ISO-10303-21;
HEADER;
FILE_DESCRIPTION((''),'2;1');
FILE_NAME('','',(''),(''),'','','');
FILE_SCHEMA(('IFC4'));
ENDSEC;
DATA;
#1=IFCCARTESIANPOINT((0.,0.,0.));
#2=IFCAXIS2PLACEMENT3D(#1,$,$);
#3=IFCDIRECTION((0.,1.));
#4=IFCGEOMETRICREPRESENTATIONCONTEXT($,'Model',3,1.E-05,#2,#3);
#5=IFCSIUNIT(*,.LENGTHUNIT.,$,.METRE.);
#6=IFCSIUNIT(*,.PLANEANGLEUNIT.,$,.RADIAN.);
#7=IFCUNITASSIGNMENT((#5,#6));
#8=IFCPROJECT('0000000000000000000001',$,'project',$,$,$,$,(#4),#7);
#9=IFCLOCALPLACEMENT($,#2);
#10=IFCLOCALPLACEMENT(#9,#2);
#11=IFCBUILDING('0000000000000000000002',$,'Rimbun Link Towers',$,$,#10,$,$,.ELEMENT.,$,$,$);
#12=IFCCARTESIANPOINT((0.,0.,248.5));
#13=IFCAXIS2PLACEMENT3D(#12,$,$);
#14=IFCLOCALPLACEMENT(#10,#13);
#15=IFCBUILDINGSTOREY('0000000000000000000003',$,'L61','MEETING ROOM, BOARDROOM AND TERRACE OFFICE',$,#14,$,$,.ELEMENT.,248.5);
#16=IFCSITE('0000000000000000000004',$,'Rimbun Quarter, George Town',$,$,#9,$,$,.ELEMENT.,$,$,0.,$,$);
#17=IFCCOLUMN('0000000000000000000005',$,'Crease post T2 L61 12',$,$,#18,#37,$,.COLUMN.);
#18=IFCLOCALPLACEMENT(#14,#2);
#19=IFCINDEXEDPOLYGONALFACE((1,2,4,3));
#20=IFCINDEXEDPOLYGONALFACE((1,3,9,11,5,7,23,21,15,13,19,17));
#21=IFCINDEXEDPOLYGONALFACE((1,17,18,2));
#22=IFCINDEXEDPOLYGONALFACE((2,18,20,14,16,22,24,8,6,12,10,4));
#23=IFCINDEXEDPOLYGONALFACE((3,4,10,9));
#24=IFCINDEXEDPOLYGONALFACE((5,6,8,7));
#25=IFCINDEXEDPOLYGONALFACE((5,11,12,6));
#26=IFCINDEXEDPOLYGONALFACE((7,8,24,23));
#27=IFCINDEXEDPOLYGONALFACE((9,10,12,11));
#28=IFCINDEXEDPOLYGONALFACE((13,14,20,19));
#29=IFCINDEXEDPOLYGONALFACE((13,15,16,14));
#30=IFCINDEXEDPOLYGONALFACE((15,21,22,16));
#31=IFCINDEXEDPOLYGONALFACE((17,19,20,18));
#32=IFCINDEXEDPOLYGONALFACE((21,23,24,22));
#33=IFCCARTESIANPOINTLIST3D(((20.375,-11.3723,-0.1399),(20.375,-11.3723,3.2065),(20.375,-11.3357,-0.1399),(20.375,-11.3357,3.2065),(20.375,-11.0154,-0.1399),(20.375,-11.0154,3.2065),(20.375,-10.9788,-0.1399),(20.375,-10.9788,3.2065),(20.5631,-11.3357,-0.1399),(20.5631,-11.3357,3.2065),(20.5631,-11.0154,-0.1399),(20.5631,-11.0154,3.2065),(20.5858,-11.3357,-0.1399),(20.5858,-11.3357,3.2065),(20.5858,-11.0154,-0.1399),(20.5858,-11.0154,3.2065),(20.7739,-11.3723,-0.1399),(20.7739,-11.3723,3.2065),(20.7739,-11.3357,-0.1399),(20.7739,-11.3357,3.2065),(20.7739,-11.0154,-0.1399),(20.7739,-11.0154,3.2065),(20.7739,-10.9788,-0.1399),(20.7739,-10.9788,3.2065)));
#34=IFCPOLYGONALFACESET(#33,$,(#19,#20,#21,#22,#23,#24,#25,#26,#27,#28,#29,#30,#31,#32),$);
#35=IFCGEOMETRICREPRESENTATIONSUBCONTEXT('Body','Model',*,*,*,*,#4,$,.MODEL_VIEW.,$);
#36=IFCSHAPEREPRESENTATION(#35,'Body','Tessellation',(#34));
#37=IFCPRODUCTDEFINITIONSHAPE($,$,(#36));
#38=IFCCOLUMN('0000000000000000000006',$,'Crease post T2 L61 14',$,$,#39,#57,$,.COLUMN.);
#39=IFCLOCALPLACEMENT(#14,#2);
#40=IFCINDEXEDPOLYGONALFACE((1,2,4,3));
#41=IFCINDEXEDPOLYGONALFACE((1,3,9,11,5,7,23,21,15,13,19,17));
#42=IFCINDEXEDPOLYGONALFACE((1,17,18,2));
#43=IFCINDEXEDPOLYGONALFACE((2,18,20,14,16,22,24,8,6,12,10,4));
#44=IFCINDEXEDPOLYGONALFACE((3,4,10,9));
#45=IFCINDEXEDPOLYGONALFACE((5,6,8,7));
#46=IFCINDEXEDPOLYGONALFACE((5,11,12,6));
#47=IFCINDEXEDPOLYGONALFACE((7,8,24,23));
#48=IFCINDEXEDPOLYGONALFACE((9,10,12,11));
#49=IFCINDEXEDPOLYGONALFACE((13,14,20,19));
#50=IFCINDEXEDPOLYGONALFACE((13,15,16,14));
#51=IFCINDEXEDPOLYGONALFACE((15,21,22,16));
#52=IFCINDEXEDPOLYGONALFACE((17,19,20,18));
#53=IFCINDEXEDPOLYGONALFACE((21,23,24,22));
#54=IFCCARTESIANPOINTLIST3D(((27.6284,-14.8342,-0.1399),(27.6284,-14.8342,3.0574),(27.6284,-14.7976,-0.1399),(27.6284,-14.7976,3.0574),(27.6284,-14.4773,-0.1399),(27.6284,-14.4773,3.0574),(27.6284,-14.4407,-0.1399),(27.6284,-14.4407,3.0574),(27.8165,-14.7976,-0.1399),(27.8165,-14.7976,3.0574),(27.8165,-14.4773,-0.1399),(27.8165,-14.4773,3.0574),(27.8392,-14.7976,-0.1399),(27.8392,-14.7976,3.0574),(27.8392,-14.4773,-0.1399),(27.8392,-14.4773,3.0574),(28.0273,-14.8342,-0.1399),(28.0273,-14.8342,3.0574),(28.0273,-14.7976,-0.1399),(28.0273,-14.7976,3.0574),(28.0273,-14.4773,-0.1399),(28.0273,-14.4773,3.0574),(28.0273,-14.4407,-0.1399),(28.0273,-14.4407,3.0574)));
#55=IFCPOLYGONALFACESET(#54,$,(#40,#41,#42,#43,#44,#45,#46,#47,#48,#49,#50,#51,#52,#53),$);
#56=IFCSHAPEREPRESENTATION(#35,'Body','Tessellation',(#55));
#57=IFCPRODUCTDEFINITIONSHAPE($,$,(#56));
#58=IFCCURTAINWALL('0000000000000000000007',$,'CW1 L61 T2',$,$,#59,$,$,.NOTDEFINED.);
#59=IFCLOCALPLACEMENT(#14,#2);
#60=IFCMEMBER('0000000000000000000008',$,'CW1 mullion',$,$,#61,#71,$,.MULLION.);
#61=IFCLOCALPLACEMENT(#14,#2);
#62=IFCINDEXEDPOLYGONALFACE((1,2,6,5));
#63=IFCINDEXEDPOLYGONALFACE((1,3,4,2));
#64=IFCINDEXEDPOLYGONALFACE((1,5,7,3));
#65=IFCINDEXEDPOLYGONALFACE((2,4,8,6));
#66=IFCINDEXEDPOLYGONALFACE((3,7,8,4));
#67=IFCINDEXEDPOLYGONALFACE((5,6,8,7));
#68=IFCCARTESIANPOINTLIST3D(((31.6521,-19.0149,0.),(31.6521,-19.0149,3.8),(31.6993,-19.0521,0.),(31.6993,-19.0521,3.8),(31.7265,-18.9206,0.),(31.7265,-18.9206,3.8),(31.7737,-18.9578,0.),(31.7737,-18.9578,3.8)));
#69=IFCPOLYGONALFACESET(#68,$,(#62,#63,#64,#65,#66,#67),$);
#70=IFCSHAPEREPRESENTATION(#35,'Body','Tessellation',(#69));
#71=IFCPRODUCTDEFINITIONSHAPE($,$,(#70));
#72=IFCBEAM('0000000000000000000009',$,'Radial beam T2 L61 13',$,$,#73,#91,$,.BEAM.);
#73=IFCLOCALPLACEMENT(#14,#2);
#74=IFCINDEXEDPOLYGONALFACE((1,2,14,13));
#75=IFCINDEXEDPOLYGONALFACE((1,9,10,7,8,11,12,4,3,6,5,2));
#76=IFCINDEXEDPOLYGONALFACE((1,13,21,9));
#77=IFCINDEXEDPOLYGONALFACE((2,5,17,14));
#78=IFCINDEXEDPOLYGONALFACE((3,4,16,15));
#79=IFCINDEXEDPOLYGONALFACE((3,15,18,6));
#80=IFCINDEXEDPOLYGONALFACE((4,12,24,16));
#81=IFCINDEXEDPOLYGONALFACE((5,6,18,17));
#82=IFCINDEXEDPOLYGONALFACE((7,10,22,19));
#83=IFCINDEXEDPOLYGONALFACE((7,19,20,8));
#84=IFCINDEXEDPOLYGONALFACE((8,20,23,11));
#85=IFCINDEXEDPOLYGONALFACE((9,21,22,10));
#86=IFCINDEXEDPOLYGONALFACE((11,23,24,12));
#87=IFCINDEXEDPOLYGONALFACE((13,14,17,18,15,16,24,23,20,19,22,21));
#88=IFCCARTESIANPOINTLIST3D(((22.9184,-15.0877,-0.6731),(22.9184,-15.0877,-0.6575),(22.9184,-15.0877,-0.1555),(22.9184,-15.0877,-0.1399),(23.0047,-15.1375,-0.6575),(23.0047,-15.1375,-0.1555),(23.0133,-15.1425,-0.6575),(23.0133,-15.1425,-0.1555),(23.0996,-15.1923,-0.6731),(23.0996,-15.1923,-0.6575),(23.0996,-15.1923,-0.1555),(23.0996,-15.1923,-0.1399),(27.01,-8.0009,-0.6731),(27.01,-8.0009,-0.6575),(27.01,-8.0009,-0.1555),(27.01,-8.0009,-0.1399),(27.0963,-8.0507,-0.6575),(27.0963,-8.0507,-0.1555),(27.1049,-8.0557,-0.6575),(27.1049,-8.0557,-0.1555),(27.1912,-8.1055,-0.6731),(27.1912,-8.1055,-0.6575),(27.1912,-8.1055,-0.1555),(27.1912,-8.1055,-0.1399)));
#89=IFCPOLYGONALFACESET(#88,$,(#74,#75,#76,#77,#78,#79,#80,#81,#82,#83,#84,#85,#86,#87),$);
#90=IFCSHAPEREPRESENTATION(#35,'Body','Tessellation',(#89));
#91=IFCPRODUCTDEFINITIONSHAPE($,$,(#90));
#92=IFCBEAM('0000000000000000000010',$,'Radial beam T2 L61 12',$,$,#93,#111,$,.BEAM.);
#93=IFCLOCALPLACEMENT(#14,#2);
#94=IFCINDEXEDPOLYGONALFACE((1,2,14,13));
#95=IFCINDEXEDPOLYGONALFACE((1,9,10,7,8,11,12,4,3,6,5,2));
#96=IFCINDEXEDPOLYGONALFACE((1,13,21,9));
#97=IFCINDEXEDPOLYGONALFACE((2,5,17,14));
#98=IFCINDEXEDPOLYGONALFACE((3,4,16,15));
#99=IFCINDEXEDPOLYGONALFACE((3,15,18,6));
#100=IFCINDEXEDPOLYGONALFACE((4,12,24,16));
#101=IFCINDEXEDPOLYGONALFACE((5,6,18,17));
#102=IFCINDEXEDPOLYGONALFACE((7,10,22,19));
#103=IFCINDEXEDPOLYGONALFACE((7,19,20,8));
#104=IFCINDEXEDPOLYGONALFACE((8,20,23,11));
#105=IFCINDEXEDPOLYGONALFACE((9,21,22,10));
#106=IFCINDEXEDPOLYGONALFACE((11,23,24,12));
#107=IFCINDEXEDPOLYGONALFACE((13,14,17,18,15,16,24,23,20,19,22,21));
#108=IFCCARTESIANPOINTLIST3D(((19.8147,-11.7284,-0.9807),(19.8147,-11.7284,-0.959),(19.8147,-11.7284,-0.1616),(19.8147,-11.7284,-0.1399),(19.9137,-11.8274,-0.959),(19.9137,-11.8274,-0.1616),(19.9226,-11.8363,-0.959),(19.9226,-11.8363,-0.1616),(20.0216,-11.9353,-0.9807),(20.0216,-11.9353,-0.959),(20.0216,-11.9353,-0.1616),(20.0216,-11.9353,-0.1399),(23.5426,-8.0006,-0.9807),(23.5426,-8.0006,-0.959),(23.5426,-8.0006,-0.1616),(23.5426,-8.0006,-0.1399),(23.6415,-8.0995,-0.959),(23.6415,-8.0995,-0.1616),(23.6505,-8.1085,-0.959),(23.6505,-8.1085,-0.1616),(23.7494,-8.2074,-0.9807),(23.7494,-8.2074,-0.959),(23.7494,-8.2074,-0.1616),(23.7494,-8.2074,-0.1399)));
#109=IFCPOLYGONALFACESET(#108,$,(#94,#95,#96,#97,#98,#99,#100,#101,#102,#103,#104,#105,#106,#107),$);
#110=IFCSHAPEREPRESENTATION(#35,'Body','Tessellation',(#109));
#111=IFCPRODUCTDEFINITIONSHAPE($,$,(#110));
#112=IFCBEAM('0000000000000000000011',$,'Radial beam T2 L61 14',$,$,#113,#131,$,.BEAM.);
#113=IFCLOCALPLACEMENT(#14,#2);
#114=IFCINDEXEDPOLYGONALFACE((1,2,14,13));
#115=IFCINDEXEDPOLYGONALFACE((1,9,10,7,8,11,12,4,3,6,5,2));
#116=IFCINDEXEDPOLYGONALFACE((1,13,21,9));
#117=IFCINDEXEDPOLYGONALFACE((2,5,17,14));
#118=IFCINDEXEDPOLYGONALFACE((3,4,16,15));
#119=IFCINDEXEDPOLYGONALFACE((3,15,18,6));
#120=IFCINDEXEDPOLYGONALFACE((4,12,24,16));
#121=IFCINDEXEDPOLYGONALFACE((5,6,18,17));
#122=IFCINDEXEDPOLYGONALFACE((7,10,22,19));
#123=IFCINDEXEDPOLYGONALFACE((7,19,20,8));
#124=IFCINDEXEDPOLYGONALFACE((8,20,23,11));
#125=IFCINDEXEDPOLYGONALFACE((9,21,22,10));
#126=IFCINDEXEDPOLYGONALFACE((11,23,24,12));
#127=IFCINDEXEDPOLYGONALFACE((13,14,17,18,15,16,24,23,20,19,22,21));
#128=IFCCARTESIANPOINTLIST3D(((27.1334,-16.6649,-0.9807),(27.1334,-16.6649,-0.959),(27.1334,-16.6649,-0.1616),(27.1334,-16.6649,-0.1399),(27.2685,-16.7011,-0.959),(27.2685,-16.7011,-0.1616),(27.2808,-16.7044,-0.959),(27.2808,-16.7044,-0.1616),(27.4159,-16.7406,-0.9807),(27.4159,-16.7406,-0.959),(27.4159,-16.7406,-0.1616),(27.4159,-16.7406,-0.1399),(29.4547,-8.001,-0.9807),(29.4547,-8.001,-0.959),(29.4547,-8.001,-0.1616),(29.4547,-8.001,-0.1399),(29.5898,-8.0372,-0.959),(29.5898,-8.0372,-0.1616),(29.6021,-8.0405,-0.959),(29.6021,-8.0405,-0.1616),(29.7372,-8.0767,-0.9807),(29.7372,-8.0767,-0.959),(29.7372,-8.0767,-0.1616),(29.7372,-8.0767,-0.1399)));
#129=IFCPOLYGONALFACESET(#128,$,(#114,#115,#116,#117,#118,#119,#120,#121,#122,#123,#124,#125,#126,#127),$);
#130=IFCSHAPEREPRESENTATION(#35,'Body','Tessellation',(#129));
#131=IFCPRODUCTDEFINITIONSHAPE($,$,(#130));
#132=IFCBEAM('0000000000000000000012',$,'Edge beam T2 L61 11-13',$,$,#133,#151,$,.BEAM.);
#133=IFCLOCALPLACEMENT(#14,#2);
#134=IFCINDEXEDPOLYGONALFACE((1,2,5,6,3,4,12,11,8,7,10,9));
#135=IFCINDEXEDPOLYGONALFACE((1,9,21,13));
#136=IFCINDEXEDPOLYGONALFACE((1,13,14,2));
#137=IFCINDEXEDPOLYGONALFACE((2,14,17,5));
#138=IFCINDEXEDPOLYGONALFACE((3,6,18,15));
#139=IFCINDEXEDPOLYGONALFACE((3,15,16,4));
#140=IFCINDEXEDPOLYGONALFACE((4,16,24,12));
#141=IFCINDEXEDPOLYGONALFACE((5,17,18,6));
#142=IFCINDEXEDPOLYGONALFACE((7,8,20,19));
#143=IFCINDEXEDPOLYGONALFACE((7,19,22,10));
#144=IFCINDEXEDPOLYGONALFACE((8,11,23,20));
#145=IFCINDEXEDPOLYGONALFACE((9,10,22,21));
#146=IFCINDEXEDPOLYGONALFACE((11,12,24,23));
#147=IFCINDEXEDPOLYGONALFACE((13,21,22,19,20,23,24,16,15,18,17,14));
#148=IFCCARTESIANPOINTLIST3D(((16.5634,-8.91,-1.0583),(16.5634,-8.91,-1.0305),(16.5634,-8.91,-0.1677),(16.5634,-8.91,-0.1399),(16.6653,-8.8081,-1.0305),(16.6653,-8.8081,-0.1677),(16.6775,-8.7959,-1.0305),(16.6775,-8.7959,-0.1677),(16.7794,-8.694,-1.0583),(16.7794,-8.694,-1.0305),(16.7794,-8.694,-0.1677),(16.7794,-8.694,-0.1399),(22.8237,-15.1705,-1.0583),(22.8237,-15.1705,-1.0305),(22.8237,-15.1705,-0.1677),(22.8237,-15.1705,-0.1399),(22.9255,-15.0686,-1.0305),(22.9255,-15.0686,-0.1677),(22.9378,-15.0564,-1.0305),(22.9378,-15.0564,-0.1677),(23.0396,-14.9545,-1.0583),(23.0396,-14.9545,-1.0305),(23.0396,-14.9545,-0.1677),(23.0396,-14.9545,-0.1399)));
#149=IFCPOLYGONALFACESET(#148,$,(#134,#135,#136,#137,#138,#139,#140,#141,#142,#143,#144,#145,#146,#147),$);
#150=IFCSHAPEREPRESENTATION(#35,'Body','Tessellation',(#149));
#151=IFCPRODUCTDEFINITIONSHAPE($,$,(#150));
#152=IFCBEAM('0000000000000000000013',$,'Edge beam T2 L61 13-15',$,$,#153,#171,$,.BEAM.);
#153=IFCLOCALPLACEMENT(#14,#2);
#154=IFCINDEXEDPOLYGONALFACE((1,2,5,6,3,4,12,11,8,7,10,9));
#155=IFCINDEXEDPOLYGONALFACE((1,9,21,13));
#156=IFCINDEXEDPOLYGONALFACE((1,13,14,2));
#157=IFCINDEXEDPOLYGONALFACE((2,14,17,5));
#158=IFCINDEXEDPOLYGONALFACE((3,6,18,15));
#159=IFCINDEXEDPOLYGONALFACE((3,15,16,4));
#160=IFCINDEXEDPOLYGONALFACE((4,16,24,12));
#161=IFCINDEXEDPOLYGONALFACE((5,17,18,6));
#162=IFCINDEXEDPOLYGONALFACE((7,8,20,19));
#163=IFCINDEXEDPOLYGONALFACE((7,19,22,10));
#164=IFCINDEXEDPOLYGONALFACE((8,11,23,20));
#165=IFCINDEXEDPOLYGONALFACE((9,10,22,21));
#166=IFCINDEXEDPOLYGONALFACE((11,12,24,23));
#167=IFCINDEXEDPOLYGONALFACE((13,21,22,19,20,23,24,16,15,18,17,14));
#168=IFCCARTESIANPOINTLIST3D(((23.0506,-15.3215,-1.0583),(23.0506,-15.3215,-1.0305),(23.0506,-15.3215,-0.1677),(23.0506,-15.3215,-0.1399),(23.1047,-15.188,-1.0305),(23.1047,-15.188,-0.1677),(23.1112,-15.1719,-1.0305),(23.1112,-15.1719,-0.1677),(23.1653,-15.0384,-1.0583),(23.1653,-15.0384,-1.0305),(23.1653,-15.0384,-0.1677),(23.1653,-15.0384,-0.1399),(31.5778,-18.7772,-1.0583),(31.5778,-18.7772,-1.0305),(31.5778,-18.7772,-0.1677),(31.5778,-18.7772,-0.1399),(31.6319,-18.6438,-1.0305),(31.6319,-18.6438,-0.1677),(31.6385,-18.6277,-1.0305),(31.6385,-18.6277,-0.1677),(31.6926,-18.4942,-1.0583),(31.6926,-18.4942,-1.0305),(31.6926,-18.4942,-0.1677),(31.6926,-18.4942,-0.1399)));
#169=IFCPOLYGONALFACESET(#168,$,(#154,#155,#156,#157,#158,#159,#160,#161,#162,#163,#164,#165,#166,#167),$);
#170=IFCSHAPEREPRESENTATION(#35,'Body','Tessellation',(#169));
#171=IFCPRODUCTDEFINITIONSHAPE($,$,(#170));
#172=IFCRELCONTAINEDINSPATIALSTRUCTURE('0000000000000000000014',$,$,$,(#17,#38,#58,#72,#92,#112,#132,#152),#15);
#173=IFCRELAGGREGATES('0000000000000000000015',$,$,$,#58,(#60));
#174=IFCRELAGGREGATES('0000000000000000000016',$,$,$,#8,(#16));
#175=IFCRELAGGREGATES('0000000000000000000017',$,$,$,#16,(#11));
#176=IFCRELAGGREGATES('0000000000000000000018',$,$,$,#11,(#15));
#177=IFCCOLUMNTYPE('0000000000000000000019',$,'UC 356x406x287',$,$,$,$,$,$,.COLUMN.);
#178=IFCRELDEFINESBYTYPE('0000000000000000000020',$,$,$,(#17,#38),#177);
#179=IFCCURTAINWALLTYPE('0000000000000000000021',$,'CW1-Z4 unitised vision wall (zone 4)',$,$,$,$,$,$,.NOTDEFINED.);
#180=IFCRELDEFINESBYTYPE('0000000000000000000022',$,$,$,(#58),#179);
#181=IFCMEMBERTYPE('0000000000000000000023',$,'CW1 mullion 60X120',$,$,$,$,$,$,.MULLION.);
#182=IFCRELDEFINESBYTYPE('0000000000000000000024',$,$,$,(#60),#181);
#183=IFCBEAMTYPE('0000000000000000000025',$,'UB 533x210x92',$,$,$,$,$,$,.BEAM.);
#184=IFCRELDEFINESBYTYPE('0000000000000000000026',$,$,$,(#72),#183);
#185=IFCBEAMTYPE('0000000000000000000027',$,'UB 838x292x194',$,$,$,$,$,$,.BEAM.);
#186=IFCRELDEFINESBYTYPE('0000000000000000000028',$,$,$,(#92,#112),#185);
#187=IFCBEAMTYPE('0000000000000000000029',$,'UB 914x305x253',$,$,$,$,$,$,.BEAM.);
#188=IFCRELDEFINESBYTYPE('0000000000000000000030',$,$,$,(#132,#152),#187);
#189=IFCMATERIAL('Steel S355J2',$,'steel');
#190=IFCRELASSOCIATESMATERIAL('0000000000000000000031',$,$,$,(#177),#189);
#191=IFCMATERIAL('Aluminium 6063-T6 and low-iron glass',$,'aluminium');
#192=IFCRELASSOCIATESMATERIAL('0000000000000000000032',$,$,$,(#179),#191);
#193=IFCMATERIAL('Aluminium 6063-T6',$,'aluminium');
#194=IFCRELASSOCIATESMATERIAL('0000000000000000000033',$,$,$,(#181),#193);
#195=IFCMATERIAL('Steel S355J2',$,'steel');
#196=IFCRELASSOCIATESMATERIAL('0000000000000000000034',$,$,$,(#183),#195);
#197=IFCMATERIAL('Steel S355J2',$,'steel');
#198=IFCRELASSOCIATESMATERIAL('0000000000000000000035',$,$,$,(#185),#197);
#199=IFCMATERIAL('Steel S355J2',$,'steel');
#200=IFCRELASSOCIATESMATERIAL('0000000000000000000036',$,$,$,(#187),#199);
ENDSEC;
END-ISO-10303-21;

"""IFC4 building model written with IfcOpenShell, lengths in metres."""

from ifc_helpers import new_model, si_unit, direction, frame, origin, origin_2d, place, context, subcontext, project, spatial, rectangle, i_section, extrude, material, material_profile, profile_set, type_object, element, aggregate, save


model = new_model("IFC4")

# Units and contexts
model_context = context("Model", 3, precision=1e-05, world=origin(), true_north=direction((0.0, 1.0)))
body_context = subcontext(model_context, "Body", "Model", "MODEL_VIEW")
ifc_project = project(units=[si_unit("LENGTHUNIT", "METRE"), si_unit("PLANEANGLEUNIT", "RADIAN")], contexts=[model_context])

# Site, building, storey
site_placement = place(None, origin())
site = spatial("IfcSite", under=ifc_project, at=site_placement, Name="Rimbun Quarter, George Town", CompositionType="ELEMENT", RefElevation=0.0)
building_placement = place(site_placement, origin())
building = spatial("IfcBuilding", under=site, at=building_placement, Name="Rimbun Link Towers", CompositionType="ELEMENT")
storey_placement = place(building_placement, frame((0.0, 0.0, 248.5)))
storey = spatial("IfcBuildingStorey", under=building, at=storey_placement, Name="L61", Description="MEETING ROOM, BOARDROOM AND TERRACE OFFICE", CompositionType="ELEMENT", Elevation=248.5)

# Columns
ifc_material_1 = material(Name="Steel S355J2", Category="steel")
ifc_material_profile_1 = material_profile(ifc_material_1, i_section(OverallWidth=0.3989, OverallDepth=0.3936, WebThickness=0.0227, FlangeThickness=0.0366, at=origin_2d()), Name="UC 356x406x287")
ifc_profile_set_1 = profile_set([ifc_material_profile_1], Name="Steel S355J2")
column_type = type_object("IfcColumnType", Name="UC 356x406x287", PredefinedType="COLUMN", material=ifc_profile_set_1)
column_1_placement = place(storey_placement, frame((20.5745, -11.1755, -0.1399), z_axis=(0.0, 0.0, 1.0), x_axis=(1.0, 0.0, 0.0)))
element("IfcColumn", 1, at=column_1_placement, inside=storey, type_object=column_type, Name="Crease post T2 L61 12", PredefinedType="COLUMN", context=body_context, shape_type="SweptSolid", body=[
    extrude(i_section(OverallWidth=0.3989, OverallDepth=0.3936, WebThickness=0.0227, FlangeThickness=0.0366, at=origin_2d()), origin(), (0.0, 0.0, 1.0), 3.3464),
])
column_2_placement = place(storey_placement, frame((27.8279, -14.6375, -0.1399), z_axis=(0.0, 0.0, 1.0), x_axis=(1.0, 0.0, 0.0)))
element("IfcColumn", 2, at=column_2_placement, inside=storey, type_object=column_type, Name="Crease post T2 L61 14", PredefinedType="COLUMN", context=body_context, shape_type="SweptSolid", body=[
    extrude(i_section(OverallWidth=0.3989, OverallDepth=0.3936, WebThickness=0.0227, FlangeThickness=0.0366, at=origin_2d()), origin(), (0.0, 0.0, 1.0), 3.1973),
])

# Curtain wall, member
ifc_material_2 = material(Name="Aluminium 6063-T6 and low-iron glass", Category="aluminium")
curtain_wall_type = type_object("IfcCurtainWallType", Name="CW1-Z4 unitised vision wall (zone 4)", PredefinedType="NOTDEFINED", material=ifc_material_2)
curtain_wall_placement = place(storey_placement, origin())
curtain_wall = element("IfcCurtainWall", 3, at=curtain_wall_placement, inside=storey, type_object=curtain_wall_type, Name="CW1 L61 T2", PredefinedType="NOTDEFINED")
ifc_material_3 = material(Name="Aluminium 6063-T6", Category="aluminium")
ifc_material_profile_2 = material_profile(ifc_material_3, rectangle(XDim=0.1201, YDim=0.0601, at=origin_2d()), Name="MULLION 60X120")
ifc_profile_set_2 = profile_set([ifc_material_profile_2], Name="Aluminium 6063-T6")
member_type = type_object("IfcMemberType", Name="CW1 mullion 60X120", PredefinedType="MULLION", material=ifc_profile_set_2)
member_placement = place(storey_placement, frame((31.7129, -18.9863, 0.0), z_axis=(0.0, 0.0, 1.0), x_axis=(-0.619433, -0.785049, 0.0)))
member = element("IfcMember", 4, at=member_placement, type_object=member_type, Name="CW1 mullion", PredefinedType="MULLION", context=body_context, shape_type="SweptSolid", body=[
    extrude(rectangle(XDim=0.1201, YDim=0.0601, at=origin_2d()), origin(), (0.0, 0.0, 1.0), 3.8),
])
aggregate(curtain_wall, [member])

# Beams
ifc_material_4 = material(Name="Steel S355J2", Category="steel")
ifc_material_profile_3 = material_profile(ifc_material_4, i_section(OverallWidth=0.2092, OverallDepth=0.5332, WebThickness=0.01, FlangeThickness=0.0156, at=origin_2d()), Name="UB 533x210x92")
ifc_profile_set_3 = profile_set([ifc_material_profile_3], Name="Steel S355J2")
beam_type_1 = type_object("IfcBeamType", Name="UB 533x210x92", PredefinedType="BEAM", material=ifc_profile_set_3)
beam_1_placement = place(storey_placement, frame((27.1006, -8.0532, -0.4065), z_axis=(-0.500006, -0.866022, 0.0), x_axis=(0.866022, -0.500006, 0.0)))
element("IfcBeam", 5, at=beam_1_placement, inside=storey, type_object=beam_type_1, Name="Radial beam T2 L61 13", PredefinedType="BEAM", context=body_context, shape_type="SweptSolid", body=[
    extrude(i_section(OverallWidth=0.2092, OverallDepth=0.5332, WebThickness=0.01, FlangeThickness=0.0156, at=origin_2d()), origin(), (0.0, 0.0, 1.0), 8.1831),
])
ifc_material_5 = material(Name="Steel S355J2", Category="steel")
ifc_material_profile_4 = material_profile(ifc_material_5, i_section(OverallWidth=0.2925, OverallDepth=0.8408, WebThickness=0.0127, FlangeThickness=0.0217, at=origin_2d()), Name="UB 838x292x194")
ifc_profile_set_4 = profile_set([ifc_material_profile_4], Name="Steel S355J2")
beam_type_2 = type_object("IfcBeamType", Name="UB 838x292x194", PredefinedType="BEAM", material=ifc_profile_set_4)
beam_2_placement = place(storey_placement, frame((23.646, -8.104, -0.5603), z_axis=(-0.707107, -0.707107, 0.0), x_axis=(0.707107, -0.707107, 0.0)))
element("IfcBeam", 6, at=beam_2_placement, inside=storey, type_object=beam_type_2, Name="Radial beam T2 L61 12", PredefinedType="BEAM", context=body_context, shape_type="SweptSolid", body=[
    extrude(i_section(OverallWidth=0.2925, OverallDepth=0.8408, WebThickness=0.0127, FlangeThickness=0.0217, at=origin_2d()), origin(), (0.0, 0.0, 1.0), 5.272),
])
beam_3_placement = place(storey_placement, frame((29.5959, -8.0388, -0.5603), z_axis=(-0.258801, -0.965931, 0.0), x_axis=(0.965931, -0.258801, 0.0)))
element("IfcBeam", 7, at=beam_3_placement, inside=storey, type_object=beam_type_2, Name="Radial beam T2 L61 14", PredefinedType="BEAM", context=body_context, shape_type="SweptSolid", body=[
    extrude(i_section(OverallWidth=0.2925, OverallDepth=0.8408, WebThickness=0.0127, FlangeThickness=0.0217, at=origin_2d()), origin(), (0.0, 0.0, 1.0), 8.9695),
])
ifc_material_6 = material(Name="Steel S355J2", Category="steel")
ifc_material_profile_5 = material_profile(ifc_material_6, i_section(OverallWidth=0.3054, OverallDepth=0.9185, WebThickness=0.0173, FlangeThickness=0.0278, at=origin_2d()), Name="UB 914x305x253")
ifc_profile_set_5 = profile_set([ifc_material_profile_5], Name="Steel S355J2")
beam_type_3 = type_object("IfcBeamType", Name="UB 914x305x253", PredefinedType="BEAM", material=ifc_profile_set_5)
beam_4_placement = place(storey_placement, frame((16.6714, -8.802, -0.5991), z_axis=(0.707093, -0.707121, 0.0), x_axis=(0.707121, 0.707093, 0.0)))
element("IfcBeam", 8, at=beam_4_placement, inside=storey, type_object=beam_type_3, Name="Edge beam T2 L61 11-13", PredefinedType="BEAM", context=body_context, shape_type="SweptSolid", body=[
    extrude(i_section(OverallWidth=0.3054, OverallDepth=0.9185, WebThickness=0.0173, FlangeThickness=0.0278, at=origin_2d()), origin(), (0.0, 0.0, 1.0), 8.8535),
])
beam_5_placement = place(storey_placement, frame((23.1079, -15.1799, -0.5991), z_axis=(0.926785, -0.375591, 0.0), x_axis=(0.375591, 0.926785, 0.0)))
element("IfcBeam", 9, at=beam_5_placement, inside=storey, type_object=beam_type_3, Name="Edge beam T2 L61 13-15", PredefinedType="BEAM", context=body_context, shape_type="SweptSolid", body=[
    extrude(i_section(OverallWidth=0.3054, OverallDepth=0.9185, WebThickness=0.0173, FlangeThickness=0.0278, at=origin_2d()), origin(), (0.0, 0.0, 1.0), 9.2009),
])

save(model, "model.ifc")
